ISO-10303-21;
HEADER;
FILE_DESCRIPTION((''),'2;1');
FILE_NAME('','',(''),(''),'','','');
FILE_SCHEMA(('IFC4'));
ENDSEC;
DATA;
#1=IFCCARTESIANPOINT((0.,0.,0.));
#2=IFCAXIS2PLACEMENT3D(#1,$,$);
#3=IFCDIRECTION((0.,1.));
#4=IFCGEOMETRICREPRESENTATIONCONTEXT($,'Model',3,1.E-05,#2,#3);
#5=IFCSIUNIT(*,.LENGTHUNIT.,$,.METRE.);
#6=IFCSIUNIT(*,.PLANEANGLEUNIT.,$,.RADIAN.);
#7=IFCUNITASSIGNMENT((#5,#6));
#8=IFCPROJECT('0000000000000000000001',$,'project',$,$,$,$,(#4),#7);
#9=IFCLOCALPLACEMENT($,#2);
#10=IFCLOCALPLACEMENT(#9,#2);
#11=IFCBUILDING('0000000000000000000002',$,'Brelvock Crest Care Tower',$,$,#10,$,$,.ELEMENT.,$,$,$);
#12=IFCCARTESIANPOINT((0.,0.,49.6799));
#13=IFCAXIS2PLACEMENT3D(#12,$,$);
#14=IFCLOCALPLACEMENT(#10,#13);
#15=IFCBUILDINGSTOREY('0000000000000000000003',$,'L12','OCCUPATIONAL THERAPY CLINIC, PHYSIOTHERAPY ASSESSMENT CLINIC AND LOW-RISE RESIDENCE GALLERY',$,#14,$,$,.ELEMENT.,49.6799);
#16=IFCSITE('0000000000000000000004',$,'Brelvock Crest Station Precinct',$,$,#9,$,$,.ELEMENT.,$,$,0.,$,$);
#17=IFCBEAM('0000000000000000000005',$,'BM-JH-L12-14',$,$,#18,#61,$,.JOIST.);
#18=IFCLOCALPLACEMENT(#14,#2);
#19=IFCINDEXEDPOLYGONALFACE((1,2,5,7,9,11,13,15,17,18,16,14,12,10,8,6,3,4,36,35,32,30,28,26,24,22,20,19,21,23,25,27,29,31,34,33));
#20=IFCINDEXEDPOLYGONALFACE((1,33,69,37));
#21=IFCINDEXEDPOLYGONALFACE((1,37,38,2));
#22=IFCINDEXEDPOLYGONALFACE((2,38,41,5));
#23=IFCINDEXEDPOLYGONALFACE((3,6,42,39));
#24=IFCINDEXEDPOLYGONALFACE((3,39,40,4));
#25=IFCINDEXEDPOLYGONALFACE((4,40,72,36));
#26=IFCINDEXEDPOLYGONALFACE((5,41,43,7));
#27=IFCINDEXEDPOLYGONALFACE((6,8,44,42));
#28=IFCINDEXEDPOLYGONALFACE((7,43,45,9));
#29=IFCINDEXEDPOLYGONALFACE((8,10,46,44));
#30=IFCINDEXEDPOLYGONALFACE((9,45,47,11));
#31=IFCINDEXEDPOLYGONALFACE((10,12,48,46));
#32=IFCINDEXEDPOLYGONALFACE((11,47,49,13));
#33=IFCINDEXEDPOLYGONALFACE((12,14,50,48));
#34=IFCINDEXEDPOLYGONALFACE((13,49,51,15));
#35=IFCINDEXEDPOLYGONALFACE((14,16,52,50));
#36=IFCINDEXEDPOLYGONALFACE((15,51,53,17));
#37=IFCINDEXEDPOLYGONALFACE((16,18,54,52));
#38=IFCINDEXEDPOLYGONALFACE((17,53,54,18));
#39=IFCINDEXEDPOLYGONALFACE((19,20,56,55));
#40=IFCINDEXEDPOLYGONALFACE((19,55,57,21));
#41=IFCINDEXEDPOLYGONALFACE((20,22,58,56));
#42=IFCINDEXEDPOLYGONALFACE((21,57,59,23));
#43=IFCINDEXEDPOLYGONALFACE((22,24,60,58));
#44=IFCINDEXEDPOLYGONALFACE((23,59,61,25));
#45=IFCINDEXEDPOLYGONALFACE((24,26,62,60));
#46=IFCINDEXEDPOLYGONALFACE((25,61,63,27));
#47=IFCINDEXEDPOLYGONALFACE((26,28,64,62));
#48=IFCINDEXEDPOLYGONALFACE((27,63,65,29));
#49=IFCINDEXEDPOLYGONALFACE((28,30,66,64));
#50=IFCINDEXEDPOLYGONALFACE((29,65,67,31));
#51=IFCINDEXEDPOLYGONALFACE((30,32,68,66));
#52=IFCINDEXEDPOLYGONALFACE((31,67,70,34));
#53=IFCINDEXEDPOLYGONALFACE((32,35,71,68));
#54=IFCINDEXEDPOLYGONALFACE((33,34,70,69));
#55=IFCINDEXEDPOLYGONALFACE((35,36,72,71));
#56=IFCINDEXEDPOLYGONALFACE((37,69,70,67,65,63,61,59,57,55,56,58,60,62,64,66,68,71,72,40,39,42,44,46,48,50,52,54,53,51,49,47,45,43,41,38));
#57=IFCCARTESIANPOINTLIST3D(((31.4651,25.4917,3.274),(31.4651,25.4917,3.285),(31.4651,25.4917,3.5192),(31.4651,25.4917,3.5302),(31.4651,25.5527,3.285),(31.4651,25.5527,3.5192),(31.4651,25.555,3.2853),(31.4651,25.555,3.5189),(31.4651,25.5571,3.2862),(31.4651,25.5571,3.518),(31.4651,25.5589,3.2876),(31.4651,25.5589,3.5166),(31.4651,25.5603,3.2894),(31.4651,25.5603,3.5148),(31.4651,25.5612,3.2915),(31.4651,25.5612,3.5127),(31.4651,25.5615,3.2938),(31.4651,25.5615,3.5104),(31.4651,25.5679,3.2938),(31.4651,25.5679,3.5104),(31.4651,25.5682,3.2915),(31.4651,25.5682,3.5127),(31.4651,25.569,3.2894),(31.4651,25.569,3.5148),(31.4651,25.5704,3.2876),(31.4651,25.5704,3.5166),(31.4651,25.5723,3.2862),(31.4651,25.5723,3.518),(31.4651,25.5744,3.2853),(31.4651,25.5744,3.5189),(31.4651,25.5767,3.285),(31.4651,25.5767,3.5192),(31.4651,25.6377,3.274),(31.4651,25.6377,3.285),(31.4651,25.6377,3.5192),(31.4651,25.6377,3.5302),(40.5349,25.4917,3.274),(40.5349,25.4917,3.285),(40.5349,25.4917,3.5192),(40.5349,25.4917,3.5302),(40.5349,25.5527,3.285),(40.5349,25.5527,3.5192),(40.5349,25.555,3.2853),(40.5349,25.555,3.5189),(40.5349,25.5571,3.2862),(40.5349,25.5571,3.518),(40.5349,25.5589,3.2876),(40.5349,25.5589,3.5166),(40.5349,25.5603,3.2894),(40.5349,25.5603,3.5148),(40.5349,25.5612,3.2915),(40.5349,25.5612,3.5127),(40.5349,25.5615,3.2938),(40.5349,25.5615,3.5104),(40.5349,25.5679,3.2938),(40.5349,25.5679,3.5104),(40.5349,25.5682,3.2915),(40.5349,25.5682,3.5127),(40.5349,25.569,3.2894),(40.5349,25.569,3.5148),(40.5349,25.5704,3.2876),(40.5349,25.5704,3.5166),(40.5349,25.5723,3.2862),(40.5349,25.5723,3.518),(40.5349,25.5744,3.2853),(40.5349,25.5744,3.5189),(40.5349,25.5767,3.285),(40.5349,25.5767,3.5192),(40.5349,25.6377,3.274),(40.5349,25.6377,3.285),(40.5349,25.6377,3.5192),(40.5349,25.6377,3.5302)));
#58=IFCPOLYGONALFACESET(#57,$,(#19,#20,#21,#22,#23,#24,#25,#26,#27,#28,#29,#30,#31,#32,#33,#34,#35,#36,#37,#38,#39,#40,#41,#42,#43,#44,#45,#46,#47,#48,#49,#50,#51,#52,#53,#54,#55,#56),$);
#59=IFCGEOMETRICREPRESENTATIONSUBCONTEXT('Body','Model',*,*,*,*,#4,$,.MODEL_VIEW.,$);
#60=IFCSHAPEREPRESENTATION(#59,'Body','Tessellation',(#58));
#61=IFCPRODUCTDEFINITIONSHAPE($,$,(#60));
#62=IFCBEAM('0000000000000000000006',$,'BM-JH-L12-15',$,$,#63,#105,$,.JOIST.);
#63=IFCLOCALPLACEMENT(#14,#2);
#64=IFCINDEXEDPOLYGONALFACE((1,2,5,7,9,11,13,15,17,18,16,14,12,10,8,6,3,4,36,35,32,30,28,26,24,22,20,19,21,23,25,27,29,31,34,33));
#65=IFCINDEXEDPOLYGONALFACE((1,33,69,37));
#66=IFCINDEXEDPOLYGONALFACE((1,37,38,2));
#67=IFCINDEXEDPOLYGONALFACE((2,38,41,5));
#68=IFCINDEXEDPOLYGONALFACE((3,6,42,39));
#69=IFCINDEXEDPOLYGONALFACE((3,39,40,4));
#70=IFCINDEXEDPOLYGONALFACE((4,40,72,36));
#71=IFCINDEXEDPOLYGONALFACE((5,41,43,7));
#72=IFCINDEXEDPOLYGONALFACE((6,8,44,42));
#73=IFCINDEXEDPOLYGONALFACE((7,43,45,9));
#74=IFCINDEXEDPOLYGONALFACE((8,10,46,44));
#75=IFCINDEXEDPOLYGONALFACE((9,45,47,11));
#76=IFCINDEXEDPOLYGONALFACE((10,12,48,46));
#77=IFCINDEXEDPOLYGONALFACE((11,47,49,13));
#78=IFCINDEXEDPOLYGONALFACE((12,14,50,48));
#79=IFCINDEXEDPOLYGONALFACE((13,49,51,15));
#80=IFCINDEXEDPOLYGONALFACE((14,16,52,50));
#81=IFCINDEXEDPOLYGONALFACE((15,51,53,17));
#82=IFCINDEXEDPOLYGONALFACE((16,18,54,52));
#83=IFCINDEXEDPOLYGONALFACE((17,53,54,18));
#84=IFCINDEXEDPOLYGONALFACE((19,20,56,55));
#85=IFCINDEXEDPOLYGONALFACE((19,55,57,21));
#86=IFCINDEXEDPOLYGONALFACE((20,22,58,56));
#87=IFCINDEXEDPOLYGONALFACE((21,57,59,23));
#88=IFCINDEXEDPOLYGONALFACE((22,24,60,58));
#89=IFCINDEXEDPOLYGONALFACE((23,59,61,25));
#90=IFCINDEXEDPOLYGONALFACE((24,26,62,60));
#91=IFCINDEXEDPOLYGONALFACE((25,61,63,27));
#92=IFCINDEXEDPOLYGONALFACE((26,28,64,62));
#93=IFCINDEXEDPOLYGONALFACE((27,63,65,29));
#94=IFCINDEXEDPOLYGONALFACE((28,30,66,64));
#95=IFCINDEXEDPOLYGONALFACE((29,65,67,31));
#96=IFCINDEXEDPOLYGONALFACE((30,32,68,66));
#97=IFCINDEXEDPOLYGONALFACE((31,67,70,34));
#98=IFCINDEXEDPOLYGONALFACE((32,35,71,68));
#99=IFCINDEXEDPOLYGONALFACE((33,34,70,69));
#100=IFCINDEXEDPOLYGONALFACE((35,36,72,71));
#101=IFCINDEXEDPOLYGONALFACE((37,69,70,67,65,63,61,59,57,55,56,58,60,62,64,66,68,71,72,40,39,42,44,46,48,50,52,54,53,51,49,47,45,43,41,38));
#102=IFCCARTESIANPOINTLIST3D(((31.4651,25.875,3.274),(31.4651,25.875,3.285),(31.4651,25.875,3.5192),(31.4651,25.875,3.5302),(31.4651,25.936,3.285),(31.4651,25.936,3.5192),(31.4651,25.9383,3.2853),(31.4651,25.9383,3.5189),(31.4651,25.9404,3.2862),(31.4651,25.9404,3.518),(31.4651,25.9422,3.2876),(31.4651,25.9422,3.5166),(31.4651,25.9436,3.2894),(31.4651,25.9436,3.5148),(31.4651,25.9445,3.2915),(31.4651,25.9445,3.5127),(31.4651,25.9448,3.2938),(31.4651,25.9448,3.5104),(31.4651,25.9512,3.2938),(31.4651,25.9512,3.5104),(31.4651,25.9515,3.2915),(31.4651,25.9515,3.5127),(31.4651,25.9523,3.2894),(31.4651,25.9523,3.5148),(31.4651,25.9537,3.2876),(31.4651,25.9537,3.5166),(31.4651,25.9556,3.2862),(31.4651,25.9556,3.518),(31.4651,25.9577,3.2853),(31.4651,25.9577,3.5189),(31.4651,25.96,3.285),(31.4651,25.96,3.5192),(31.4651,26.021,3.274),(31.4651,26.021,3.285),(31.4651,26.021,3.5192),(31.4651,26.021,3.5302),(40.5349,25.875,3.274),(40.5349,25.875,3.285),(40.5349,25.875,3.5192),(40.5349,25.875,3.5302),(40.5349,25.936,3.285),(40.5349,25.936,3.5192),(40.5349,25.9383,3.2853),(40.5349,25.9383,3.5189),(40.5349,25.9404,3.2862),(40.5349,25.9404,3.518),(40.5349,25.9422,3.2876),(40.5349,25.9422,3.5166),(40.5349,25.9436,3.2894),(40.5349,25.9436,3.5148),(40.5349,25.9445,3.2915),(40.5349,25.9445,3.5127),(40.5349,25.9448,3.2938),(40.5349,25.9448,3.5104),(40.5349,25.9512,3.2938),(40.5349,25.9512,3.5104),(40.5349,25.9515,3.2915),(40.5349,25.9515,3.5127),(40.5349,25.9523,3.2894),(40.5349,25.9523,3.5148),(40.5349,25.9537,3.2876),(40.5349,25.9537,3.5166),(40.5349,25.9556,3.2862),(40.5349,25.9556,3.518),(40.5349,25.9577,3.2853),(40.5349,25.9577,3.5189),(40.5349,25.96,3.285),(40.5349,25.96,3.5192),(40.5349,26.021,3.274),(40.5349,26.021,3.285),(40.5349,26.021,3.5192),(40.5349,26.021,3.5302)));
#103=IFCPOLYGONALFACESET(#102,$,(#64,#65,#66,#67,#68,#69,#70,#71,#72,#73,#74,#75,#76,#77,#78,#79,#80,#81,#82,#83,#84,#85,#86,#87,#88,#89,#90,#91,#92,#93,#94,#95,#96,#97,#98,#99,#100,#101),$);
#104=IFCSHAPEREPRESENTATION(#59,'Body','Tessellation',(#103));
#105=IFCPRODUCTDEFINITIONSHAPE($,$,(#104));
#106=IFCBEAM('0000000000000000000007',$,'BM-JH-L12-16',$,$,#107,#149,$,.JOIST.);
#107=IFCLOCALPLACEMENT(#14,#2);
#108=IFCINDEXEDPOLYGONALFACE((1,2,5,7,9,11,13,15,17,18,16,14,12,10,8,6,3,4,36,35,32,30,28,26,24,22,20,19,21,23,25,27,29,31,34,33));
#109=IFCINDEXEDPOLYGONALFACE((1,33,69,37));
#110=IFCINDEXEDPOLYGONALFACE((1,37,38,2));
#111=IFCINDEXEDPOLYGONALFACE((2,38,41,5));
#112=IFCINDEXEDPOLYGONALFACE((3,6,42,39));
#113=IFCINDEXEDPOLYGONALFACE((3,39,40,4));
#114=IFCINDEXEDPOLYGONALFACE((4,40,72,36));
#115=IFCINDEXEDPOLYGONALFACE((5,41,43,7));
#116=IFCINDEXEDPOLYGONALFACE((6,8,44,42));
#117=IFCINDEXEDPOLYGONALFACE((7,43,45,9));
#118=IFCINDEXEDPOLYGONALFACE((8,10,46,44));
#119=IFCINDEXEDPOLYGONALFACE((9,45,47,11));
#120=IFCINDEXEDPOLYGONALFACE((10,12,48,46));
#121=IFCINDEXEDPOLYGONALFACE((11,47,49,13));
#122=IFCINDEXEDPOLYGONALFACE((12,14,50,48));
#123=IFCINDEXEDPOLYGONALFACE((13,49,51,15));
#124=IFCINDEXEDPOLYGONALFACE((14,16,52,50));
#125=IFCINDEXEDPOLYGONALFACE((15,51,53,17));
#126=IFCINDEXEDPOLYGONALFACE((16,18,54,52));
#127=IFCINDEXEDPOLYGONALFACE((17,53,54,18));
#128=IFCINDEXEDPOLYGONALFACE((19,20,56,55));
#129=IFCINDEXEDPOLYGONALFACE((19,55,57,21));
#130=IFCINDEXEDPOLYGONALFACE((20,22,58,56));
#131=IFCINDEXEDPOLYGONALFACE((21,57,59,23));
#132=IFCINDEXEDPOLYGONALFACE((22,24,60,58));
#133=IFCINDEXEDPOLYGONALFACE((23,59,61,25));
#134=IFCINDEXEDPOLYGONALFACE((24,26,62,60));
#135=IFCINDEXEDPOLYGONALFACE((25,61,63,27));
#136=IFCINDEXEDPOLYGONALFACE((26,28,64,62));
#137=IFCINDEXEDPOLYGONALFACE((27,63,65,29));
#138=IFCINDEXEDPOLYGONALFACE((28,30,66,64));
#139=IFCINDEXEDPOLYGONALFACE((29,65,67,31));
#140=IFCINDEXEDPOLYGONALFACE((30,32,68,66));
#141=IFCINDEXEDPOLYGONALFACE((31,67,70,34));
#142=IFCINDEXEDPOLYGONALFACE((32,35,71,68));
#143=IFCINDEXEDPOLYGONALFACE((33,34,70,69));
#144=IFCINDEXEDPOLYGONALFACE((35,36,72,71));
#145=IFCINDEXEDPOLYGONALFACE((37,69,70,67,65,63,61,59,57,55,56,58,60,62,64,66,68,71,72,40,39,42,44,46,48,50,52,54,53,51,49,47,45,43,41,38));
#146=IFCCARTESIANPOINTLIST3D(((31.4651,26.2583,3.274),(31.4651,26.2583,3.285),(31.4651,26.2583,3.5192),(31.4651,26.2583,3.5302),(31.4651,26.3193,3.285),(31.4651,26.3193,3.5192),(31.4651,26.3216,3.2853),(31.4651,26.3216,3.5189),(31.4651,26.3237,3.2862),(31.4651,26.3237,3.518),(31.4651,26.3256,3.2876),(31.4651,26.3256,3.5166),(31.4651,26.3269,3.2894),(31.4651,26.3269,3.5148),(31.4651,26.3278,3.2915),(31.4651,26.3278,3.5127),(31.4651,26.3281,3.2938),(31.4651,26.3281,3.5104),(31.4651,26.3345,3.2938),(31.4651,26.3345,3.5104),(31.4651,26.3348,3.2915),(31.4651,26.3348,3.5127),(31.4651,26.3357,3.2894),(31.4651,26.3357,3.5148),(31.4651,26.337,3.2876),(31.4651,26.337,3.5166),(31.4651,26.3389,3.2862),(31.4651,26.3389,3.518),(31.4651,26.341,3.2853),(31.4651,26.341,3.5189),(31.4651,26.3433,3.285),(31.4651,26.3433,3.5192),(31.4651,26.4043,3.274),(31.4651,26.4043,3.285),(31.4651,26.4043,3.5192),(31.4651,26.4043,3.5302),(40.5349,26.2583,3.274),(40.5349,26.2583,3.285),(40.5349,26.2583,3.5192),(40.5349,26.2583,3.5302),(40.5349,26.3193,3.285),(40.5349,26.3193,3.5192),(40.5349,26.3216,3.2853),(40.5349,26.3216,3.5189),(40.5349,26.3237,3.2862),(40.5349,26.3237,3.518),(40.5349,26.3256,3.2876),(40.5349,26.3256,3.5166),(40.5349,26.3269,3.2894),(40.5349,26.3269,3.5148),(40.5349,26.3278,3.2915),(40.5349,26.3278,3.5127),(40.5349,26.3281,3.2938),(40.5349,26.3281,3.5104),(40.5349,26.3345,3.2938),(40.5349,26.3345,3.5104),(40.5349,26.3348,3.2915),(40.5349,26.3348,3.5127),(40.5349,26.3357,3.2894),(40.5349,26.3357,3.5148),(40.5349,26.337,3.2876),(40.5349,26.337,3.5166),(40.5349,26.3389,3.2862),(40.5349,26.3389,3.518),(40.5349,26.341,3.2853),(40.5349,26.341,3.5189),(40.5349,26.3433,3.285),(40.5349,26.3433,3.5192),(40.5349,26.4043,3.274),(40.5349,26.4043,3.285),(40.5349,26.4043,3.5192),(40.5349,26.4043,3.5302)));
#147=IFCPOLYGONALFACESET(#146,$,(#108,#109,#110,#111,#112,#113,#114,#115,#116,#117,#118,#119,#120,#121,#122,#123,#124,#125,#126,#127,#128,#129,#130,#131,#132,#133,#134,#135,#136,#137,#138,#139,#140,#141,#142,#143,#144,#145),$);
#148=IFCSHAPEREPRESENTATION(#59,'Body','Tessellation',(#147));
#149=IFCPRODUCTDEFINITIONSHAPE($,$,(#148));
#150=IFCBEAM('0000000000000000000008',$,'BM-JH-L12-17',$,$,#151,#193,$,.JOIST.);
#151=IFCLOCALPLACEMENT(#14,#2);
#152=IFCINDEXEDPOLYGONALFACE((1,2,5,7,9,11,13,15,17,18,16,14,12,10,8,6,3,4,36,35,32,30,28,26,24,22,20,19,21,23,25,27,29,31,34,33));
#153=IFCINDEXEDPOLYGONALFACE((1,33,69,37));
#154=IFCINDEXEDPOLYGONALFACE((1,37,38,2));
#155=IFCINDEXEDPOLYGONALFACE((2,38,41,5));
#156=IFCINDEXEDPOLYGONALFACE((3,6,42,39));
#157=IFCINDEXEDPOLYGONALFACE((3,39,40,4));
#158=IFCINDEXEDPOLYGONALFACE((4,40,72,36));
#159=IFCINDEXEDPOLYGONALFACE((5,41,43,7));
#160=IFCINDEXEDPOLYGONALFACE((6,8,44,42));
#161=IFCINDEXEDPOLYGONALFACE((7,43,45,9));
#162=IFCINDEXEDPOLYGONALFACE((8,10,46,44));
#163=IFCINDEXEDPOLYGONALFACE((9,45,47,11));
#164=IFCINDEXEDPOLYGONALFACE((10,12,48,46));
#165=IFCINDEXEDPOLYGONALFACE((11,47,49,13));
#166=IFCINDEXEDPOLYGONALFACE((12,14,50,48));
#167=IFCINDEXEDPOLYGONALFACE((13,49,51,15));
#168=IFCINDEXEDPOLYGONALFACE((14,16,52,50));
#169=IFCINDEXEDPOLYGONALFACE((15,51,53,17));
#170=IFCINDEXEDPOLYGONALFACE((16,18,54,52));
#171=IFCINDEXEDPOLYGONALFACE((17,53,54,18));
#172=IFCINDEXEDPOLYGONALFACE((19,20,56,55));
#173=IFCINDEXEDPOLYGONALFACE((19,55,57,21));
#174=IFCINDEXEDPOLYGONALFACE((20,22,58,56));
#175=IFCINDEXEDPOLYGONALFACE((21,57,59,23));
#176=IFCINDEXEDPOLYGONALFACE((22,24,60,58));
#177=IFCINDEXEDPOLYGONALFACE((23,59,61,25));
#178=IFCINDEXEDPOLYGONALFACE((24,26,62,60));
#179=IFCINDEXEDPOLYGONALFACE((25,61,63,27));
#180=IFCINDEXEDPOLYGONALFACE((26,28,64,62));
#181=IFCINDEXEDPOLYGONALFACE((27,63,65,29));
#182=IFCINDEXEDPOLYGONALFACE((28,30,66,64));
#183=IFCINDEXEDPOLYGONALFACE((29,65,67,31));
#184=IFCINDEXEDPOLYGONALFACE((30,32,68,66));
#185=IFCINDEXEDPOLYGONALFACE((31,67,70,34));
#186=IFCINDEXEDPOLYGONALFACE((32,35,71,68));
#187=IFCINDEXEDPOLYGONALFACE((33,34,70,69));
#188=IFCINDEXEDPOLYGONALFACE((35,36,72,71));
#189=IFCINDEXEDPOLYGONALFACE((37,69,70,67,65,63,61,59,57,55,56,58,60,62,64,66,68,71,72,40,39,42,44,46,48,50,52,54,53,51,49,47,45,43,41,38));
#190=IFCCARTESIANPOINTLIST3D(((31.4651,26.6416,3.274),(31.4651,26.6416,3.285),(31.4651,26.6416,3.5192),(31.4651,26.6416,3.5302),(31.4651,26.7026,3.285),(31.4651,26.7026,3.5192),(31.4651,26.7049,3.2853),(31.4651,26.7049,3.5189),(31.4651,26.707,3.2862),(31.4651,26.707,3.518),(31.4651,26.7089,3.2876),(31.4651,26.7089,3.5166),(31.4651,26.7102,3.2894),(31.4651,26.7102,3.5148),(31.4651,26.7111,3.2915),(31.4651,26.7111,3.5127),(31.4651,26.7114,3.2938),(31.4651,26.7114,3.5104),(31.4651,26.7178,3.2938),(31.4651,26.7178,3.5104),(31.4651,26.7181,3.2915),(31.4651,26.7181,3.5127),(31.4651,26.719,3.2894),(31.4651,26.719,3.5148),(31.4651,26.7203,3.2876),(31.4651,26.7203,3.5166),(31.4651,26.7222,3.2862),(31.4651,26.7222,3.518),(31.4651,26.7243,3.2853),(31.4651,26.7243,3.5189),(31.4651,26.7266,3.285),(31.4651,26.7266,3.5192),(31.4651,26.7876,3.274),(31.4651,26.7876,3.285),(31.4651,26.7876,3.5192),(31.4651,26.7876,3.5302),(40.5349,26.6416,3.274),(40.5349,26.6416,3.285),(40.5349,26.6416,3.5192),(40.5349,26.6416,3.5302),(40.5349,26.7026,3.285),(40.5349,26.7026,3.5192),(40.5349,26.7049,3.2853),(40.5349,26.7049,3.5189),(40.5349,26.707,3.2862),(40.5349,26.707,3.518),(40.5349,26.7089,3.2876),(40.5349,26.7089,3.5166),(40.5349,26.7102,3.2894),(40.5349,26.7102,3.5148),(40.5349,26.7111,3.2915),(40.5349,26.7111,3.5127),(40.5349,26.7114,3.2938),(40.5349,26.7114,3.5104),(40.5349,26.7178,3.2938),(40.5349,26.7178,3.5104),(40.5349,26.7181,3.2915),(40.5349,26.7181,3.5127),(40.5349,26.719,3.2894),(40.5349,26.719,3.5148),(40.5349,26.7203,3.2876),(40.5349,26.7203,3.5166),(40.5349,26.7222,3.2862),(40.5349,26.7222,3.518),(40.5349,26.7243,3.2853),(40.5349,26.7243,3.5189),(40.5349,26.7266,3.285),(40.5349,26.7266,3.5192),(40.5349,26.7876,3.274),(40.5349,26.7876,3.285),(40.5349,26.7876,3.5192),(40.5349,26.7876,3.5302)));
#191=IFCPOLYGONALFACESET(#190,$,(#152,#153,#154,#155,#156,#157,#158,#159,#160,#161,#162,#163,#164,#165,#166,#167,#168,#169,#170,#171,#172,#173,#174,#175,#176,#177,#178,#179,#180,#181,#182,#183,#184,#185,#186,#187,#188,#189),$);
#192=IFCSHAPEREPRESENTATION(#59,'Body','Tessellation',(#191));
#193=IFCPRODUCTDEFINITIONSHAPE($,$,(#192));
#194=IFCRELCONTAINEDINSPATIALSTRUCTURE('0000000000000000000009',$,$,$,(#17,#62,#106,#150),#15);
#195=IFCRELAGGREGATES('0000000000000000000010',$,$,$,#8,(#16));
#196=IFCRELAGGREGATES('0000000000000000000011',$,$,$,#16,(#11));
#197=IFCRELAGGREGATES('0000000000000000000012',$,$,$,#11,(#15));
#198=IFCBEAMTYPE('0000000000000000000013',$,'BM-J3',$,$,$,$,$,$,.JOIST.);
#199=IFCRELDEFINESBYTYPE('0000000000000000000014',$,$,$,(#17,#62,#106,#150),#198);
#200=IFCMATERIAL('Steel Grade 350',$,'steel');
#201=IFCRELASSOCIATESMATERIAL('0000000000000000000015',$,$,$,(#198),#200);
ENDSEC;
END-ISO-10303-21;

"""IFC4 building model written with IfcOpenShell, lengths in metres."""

from ifc_helpers import new_model, si_unit, direction, frame, origin, origin_2d, place, context, subcontext, project, spatial, i_section, extrude, source, transform, mapped, material, material_profile, profile_set, type_object, element, save


model = new_model("IFC4")

# Units and contexts
model_context = context("Model", 3, precision=1e-05, world=origin(), true_north=direction((0.0, 1.0)))
body_context = subcontext(model_context, "Body", "Model", "MODEL_VIEW")
ifc_project = project(units=[si_unit("LENGTHUNIT", "METRE"), si_unit("PLANEANGLEUNIT", "RADIAN")], contexts=[model_context])

# Site, building, storey
site_placement = place(None, origin())
site = spatial("IfcSite", under=ifc_project, at=site_placement, Name="Brelvock Crest Station Precinct", CompositionType="ELEMENT", RefElevation=0.0)
building_placement = place(site_placement, origin())
building = spatial("IfcBuilding", under=site, at=building_placement, Name="Brelvock Crest Care Tower", CompositionType="ELEMENT")
storey_placement = place(building_placement, frame((0.0, 0.0, 49.6799)))
storey = spatial("IfcBuildingStorey", under=building, at=storey_placement, Name="L12", Description="OCCUPATIONAL THERAPY CLINIC, PHYSIOTHERAPY ASSESSMENT CLINIC AND LOW-RISE RESIDENCE GALLERY", CompositionType="ELEMENT", Elevation=49.6799)

# Beams
ifc_material_1 = material(Name="Steel Grade 350", Category="steel")
ifc_material_profile = material_profile(ifc_material_1, i_section(OverallWidth=0.146, OverallDepth=0.2561, WebThickness=0.0063, FlangeThickness=0.011, FilletRadius=0.0088, at=origin_2d()), Name="250UB37.3")
ifc_profile_set = profile_set([ifc_material_profile], Name="Steel Grade 350")
beam_type = type_object("IfcBeamType", Name="BM-J3", PredefinedType="JOIST", material=ifc_profile_set)
shared_shape_1 = source(origin(), body_context, "Body", "SweptSolid", [
    extrude(i_section(OverallWidth=0.146, OverallDepth=0.2561, WebThickness=0.0063, FlangeThickness=0.011, FilletRadius=0.0088, at=origin_2d()), origin(), (0.0, 0.0, 1.0), 9.0698),
])
for number, where, z_axis, x_axis, name in (
    (1, (31.4651, 25.5647, 3.4021), (1.0, 0.0, 0.0), (0.0, 1.0, 0.0), "BM-JH-L12-14"),
    (2, (31.4651, 25.948, 3.4021), (1.0, 0.0, 0.0), (0.0, 1.0, 0.0), "BM-JH-L12-15"),
    (3, (31.4651, 26.3313, 3.4021), (1.0, 0.0, 0.0), (0.0, 1.0, 0.0), "BM-JH-L12-16"),
    (4, (31.4651, 26.7146, 3.4021), (1.0, 0.0, 0.0), (0.0, 1.0, 0.0), "BM-JH-L12-17"),
):
    element("IfcBeam", number, at=place(storey_placement, frame(where, z_axis=z_axis, x_axis=x_axis)), inside=storey, type_object=beam_type, Name=name, PredefinedType="JOIST", context=body_context, shape_type="MappedRepresentation", body=[
        mapped(shared_shape_1, transform((0.0, 0.0, 0.0), x_axis=(1.0, 0.0, 0.0), y_axis=(0.0, 1.0, 0.0), z_axis=(0.0, 0.0, 1.0), scale=1.0)),
    ])

save(model, "model.ifc")
